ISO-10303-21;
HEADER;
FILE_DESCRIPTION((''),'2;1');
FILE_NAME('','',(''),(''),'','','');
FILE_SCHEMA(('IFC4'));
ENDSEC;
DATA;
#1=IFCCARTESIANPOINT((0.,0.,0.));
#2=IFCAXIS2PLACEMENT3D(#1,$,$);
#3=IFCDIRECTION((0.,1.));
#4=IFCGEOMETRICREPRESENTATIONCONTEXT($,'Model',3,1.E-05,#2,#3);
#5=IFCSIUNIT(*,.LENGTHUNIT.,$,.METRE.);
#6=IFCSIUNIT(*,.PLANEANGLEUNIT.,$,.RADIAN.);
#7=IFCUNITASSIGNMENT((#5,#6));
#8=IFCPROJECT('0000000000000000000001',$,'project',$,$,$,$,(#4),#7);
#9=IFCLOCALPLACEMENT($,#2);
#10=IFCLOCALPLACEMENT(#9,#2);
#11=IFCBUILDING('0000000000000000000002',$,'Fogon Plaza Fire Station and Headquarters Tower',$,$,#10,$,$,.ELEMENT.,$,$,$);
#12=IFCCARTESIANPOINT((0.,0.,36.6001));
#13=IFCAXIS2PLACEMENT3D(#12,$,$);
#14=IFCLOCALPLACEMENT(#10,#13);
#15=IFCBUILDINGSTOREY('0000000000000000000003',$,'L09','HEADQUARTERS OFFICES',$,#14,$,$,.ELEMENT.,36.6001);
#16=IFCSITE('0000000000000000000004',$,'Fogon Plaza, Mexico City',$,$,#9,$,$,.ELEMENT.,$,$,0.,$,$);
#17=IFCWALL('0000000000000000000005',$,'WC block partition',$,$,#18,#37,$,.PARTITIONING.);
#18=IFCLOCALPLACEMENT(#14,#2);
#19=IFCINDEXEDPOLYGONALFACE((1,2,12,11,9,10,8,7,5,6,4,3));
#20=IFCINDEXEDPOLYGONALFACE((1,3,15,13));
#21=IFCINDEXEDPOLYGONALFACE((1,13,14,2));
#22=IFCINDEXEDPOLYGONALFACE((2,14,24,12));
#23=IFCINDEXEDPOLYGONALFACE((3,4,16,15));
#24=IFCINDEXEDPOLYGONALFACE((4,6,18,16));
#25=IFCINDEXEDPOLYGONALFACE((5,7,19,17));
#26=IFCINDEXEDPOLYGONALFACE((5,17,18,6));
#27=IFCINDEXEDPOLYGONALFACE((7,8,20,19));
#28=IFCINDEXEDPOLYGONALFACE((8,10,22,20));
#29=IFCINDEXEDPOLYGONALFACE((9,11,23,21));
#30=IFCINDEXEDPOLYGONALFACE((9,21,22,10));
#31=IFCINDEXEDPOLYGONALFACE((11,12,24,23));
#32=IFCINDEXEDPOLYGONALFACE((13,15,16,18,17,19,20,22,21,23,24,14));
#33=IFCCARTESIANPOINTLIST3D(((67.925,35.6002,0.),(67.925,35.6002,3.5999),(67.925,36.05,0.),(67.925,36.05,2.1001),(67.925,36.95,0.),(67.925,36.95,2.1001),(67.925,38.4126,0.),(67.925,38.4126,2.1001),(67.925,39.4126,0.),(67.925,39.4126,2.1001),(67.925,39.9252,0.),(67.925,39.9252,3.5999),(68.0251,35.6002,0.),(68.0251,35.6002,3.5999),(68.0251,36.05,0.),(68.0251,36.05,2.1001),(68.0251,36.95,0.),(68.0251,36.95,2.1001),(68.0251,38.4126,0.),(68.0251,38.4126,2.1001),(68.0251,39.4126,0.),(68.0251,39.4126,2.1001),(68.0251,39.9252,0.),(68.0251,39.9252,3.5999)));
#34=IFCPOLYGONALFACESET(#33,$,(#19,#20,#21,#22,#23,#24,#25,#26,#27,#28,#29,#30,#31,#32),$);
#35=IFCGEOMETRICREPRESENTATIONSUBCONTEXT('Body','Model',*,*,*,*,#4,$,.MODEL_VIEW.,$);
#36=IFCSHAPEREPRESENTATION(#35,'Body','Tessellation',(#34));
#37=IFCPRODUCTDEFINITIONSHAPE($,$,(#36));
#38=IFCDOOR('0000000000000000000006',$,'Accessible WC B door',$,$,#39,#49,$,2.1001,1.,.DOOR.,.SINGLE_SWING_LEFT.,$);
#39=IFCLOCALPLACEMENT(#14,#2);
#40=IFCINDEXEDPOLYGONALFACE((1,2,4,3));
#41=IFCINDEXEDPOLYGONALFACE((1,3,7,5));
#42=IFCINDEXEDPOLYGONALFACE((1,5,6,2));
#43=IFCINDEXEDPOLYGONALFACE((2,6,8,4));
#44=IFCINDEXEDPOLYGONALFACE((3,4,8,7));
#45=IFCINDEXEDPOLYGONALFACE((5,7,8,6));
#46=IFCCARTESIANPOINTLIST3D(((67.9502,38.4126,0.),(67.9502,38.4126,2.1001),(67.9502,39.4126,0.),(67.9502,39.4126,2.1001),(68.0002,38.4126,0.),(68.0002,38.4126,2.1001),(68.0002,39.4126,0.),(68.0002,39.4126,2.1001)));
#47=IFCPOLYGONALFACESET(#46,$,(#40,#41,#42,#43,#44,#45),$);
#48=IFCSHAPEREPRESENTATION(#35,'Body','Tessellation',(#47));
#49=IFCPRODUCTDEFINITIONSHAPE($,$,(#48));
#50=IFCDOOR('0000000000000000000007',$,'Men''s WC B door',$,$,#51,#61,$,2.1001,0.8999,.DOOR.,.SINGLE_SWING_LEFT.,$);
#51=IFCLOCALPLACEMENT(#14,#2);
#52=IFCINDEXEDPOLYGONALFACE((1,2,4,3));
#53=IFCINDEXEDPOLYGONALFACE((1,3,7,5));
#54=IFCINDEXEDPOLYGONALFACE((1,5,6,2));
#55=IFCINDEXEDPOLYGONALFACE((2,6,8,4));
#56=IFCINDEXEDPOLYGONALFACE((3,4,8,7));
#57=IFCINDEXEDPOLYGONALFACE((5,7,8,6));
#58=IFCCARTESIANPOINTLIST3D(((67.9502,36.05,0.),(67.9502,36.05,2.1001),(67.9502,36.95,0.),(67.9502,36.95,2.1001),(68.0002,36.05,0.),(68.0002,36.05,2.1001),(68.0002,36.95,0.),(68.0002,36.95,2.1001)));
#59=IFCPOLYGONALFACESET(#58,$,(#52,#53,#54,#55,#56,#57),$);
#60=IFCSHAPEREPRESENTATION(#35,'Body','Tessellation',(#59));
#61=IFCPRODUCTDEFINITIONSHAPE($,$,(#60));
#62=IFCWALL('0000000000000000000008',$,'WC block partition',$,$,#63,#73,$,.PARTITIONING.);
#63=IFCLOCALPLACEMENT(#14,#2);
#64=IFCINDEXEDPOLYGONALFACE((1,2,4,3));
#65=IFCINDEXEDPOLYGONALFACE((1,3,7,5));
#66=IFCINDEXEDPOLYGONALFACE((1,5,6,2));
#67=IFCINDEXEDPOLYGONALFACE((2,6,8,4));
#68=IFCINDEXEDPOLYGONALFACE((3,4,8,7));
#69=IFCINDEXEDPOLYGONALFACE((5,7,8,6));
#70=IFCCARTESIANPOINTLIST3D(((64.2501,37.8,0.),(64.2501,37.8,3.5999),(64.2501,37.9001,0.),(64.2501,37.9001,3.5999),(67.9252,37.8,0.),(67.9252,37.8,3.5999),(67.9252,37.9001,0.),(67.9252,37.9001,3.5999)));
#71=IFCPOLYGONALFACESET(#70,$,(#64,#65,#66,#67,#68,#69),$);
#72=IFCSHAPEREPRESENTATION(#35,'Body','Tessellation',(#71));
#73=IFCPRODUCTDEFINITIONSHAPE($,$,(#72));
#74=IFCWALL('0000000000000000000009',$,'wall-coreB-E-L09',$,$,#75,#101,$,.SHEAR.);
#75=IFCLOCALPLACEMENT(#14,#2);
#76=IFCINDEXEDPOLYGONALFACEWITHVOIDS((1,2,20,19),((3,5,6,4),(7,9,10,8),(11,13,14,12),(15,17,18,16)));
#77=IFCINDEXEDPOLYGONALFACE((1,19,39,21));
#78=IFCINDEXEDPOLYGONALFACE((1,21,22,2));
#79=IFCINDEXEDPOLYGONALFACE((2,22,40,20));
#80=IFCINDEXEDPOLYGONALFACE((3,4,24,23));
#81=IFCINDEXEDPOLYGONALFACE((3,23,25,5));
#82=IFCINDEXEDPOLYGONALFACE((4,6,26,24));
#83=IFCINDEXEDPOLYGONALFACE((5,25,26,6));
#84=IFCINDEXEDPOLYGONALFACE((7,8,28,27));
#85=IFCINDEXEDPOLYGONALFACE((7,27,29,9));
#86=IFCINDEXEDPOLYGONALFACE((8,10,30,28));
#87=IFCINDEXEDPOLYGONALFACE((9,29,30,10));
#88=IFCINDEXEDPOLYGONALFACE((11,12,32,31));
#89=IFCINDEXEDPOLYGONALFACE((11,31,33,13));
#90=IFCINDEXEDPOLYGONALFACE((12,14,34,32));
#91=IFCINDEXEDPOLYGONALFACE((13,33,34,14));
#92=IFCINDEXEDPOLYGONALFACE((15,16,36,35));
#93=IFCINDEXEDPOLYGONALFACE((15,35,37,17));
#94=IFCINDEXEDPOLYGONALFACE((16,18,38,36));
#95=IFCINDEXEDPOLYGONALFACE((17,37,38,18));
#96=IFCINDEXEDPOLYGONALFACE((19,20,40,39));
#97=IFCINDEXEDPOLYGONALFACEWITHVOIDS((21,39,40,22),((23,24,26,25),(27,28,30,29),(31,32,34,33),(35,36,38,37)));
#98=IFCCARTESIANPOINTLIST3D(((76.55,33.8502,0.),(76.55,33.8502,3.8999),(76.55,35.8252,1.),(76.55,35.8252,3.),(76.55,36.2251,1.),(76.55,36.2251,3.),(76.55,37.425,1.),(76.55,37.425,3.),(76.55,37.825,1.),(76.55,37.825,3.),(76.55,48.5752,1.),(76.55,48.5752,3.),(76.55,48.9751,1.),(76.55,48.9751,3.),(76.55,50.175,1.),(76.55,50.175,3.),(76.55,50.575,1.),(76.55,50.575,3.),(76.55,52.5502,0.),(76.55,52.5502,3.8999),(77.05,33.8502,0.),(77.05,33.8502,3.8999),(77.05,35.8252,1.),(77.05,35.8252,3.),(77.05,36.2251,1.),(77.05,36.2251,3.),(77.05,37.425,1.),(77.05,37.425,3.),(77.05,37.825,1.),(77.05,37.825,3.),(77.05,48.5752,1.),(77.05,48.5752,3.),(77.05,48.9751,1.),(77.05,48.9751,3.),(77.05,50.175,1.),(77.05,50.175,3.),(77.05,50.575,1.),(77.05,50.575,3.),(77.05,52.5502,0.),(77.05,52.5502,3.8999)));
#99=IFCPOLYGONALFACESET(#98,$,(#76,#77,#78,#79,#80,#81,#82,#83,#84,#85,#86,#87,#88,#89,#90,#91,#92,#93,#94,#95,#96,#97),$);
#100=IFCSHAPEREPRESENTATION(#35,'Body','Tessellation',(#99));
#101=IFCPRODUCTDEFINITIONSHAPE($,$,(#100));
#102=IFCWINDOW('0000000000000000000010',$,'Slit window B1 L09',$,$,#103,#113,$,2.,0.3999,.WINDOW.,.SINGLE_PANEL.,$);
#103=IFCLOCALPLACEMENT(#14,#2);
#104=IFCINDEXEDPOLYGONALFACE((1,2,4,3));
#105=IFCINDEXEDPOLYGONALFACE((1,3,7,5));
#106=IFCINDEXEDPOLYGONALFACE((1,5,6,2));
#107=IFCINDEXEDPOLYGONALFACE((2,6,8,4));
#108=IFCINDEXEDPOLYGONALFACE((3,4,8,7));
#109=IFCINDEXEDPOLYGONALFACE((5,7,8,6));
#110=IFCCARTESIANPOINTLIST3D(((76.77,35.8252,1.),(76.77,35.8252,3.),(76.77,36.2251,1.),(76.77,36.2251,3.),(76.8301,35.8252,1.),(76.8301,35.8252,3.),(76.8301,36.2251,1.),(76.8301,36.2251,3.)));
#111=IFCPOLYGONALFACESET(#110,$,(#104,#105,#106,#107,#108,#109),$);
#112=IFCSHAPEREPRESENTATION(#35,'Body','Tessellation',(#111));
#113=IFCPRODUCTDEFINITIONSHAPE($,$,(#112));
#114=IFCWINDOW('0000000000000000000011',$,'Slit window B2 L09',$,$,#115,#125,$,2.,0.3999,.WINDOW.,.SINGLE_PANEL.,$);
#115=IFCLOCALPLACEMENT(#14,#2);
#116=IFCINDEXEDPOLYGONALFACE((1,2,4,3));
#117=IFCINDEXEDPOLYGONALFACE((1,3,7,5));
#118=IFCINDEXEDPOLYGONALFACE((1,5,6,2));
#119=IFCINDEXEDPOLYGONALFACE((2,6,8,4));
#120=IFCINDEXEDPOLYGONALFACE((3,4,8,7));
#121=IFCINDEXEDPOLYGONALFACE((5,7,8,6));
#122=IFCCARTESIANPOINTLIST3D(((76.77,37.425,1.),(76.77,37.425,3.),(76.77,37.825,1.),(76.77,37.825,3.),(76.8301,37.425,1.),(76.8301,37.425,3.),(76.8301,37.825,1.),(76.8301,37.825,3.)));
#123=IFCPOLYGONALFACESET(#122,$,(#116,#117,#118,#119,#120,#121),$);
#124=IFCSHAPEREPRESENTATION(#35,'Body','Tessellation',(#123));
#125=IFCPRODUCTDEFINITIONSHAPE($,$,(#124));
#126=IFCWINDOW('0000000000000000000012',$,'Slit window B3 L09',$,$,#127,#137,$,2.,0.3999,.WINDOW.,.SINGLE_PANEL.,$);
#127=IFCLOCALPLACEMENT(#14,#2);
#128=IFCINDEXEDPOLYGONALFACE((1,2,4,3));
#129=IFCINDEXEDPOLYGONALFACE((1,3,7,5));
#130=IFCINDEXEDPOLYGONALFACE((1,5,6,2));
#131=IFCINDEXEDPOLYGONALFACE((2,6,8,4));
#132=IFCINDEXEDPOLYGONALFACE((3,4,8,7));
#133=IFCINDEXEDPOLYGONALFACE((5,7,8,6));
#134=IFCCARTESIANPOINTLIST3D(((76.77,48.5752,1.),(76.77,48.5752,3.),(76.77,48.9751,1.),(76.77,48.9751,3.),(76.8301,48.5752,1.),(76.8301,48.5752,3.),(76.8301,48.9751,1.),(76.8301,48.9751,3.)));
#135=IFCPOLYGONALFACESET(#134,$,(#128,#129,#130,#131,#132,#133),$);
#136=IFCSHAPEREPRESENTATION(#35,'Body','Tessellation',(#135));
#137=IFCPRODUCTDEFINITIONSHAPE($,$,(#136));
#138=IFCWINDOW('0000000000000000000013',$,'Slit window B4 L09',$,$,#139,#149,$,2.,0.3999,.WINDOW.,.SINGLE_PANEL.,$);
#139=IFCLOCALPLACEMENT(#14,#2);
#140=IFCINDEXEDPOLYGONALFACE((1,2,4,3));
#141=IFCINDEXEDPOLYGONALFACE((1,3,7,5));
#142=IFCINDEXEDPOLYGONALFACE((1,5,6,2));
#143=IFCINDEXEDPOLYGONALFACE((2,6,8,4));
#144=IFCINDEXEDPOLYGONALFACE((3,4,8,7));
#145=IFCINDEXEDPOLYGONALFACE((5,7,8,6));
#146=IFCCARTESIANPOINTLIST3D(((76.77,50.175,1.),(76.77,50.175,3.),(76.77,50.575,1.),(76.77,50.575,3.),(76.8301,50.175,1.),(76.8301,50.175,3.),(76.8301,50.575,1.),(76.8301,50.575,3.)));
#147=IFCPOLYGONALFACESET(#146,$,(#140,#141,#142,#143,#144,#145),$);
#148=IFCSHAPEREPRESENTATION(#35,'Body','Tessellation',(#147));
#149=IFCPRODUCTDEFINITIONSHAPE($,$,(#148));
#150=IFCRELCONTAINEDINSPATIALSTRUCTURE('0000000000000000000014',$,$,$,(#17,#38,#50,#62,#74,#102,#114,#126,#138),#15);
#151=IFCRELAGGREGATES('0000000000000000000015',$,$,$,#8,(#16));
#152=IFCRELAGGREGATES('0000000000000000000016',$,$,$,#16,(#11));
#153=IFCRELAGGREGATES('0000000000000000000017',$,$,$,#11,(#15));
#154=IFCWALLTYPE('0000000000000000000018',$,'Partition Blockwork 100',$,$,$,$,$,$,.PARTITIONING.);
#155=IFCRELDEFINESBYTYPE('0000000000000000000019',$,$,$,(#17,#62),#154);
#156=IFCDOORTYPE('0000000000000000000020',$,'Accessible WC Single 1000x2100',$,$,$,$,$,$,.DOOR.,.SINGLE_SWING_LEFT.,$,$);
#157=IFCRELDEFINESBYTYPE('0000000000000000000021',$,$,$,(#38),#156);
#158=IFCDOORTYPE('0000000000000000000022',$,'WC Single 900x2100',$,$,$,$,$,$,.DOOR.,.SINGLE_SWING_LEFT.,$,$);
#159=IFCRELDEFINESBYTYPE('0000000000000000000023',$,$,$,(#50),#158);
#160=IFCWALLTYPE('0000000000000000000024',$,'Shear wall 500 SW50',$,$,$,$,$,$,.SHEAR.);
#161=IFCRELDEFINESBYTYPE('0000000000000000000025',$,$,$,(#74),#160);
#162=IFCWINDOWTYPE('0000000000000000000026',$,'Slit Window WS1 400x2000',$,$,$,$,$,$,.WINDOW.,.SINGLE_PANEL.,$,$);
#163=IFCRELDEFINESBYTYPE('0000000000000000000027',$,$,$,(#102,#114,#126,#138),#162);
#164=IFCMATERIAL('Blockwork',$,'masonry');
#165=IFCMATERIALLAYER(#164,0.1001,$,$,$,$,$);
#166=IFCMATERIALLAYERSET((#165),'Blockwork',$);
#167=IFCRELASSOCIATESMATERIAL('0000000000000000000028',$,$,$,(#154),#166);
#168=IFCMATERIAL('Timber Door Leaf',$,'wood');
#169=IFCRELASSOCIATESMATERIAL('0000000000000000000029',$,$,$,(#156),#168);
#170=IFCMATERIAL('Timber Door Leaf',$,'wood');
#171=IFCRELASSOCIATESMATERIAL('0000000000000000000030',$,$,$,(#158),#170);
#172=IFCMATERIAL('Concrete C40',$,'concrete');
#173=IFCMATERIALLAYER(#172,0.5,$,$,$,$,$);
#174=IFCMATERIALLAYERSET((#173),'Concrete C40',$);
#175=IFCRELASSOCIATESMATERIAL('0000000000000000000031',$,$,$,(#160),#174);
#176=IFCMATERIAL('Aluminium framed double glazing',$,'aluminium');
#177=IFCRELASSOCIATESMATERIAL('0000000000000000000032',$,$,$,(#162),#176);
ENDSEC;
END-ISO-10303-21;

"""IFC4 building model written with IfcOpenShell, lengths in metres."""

from ifc_helpers import new_model, si_unit, direction, frame, frame_2d, origin, place, context, subcontext, project, spatial, rectangle, extrude, material, layer, layer_set, type_object, element, fill, save


model = new_model("IFC4")

# Units and contexts
model_context = context("Model", 3, precision=1e-05, world=origin(), true_north=direction((0.0, 1.0)))
body_context = subcontext(model_context, "Body", "Model", "MODEL_VIEW")
ifc_project = project(units=[si_unit("LENGTHUNIT", "METRE"), si_unit("PLANEANGLEUNIT", "RADIAN")], contexts=[model_context])

# Site, building, storey
site_placement = place(None, origin())
site = spatial("IfcSite", under=ifc_project, at=site_placement, Name="Fogon Plaza, Mexico City", CompositionType="ELEMENT", RefElevation=0.0)
building_placement = place(site_placement, origin())
building = spatial("IfcBuilding", under=site, at=building_placement, Name="Fogon Plaza Fire Station and Headquarters Tower", CompositionType="ELEMENT")
storey_placement = place(building_placement, frame((0.0, 0.0, 36.6001)))
storey = spatial("IfcBuildingStorey", under=building, at=storey_placement, Name="L09", Description="HEADQUARTERS OFFICES", CompositionType="ELEMENT", Elevation=36.6001)

# Shared definitions
ifc_material_1 = material(Name="Blockwork", Category="masonry")
ifc_layer_1 = layer(ifc_material_1, 0.1001)
ifc_layer_set_1 = layer_set([ifc_layer_1], Name="Blockwork")
wall_type_1 = type_object("IfcWallType", Name="Partition Blockwork 100", PredefinedType="PARTITIONING", material=ifc_layer_set_1)

# Wall, openings, doors
wall_1_placement = place(storey_placement, frame((67.9751, 35.6001, 0.0), z_axis=(0.0, 0.0, 1.0), x_axis=(0.0, 1.0, 0.0)))
wall_1 = element("IfcWall", 1, at=wall_1_placement, inside=storey, type_object=wall_type_1, Name="WC block partition", PredefinedType="PARTITIONING", context=body_context, shape_type="SweptSolid", body=[
    extrude(rectangle(XDim=4.325, YDim=0.1001, at=frame_2d((2.1626, 0.0))), origin(), (0.0, 0.0, 1.0), 3.5999),
])
opening_1_placement = place(wall_1_placement, frame((0.45, 0.0, 0.0)))
opening_1 = element("IfcOpeningElement", 2, at=opening_1_placement, cuts=wall_1, PredefinedType="OPENING", context=body_context, shape_type="SweptSolid", body=[
    extrude(rectangle(XDim=0.8999, YDim=2.1001, at=frame_2d((0.45, 1.05))), frame((0.0, 0.0601, 0.0), z_axis=(0.0, -1.0, 0.0), x_axis=(1.0, 0.0, 0.0)), (0.0, 0.0, 1.0), 0.1201),
])
opening_2_placement = place(wall_1_placement, frame((2.8125, 0.0, 0.0)))
opening_2 = element("IfcOpeningElement", 3, at=opening_2_placement, cuts=wall_1, PredefinedType="OPENING", context=body_context, shape_type="SweptSolid", body=[
    extrude(rectangle(XDim=1.0, YDim=2.1001, at=frame_2d((0.5, 1.05))), frame((0.0, 0.0601, 0.0), z_axis=(0.0, -1.0, 0.0), x_axis=(1.0, 0.0, 0.0)), (0.0, 0.0, 1.0), 0.1201),
])
ifc_material_2 = material(Name="Timber Door Leaf", Category="wood")
door_type_1 = type_object("IfcDoorType", Name="Accessible WC Single 1000x2100", OperationType="SINGLE_SWING_LEFT", PredefinedType="DOOR", material=ifc_material_2)
door_1_placement = place(opening_2_placement, origin())
door_1 = element("IfcDoor", 4, at=door_1_placement, inside=storey, type_object=door_type_1, Name="Accessible WC B door", OperationType="SINGLE_SWING_LEFT", OverallHeight=2.1001, OverallWidth=1.0, PredefinedType="DOOR", context=body_context, shape_type="SweptSolid", body=[
    extrude(rectangle(XDim=1.0, YDim=2.1001, at=frame_2d((0.5, 1.05))), frame((0.0, 0.0249, 0.0), z_axis=(0.0, -1.0, 0.0), x_axis=(1.0, 0.0, 0.0)), (0.0, 0.0, 1.0), 0.05),
])
fill(opening_2, door_1)
ifc_material_3 = material(Name="Timber Door Leaf", Category="wood")
door_type_2 = type_object("IfcDoorType", Name="WC Single 900x2100", OperationType="SINGLE_SWING_LEFT", PredefinedType="DOOR", material=ifc_material_3)
door_2_placement = place(opening_1_placement, origin())
door_2 = element("IfcDoor", 5, at=door_2_placement, inside=storey, type_object=door_type_2, Name="Men's WC B door", OperationType="SINGLE_SWING_LEFT", OverallHeight=2.1001, OverallWidth=0.8999, PredefinedType="DOOR", context=body_context, shape_type="SweptSolid", body=[
    extrude(rectangle(XDim=0.8999, YDim=2.1001, at=frame_2d((0.45, 1.05))), frame((0.0, 0.0249, 0.0), z_axis=(0.0, -1.0, 0.0), x_axis=(1.0, 0.0, 0.0)), (0.0, 0.0, 1.0), 0.05),
])
fill(opening_1, door_2)

# Wall
wall_2_placement = place(storey_placement, frame((67.925, 37.8501, 0.0), z_axis=(0.0, 0.0, 1.0), x_axis=(-1.0, 0.0, 0.0)))
element("IfcWall", 6, at=wall_2_placement, inside=storey, type_object=wall_type_1, Name="WC block partition", PredefinedType="PARTITIONING", context=body_context, shape_type="SweptSolid", body=[
    extrude(rectangle(XDim=3.675, YDim=0.1001, at=frame_2d((1.8374, 0.0))), origin(), (0.0, 0.0, 1.0), 3.5999),
])

# Wall, openings, windows
ifc_material_4 = material(Name="Concrete C40", Category="concrete")
ifc_layer_2 = layer(ifc_material_4, 0.5)
ifc_layer_set_2 = layer_set([ifc_layer_2], Name="Concrete C40")
wall_type_2 = type_object("IfcWallType", Name="Shear wall 500 SW50", PredefinedType="SHEAR", material=ifc_layer_set_2)
wall_3_placement = place(storey_placement, frame((76.8, 33.8501, 0.0), z_axis=(0.0, 0.0, 1.0), x_axis=(0.0, 1.0, 0.0)))
wall_3 = element("IfcWall", 7, at=wall_3_placement, inside=storey, type_object=wall_type_2, Name="wall-coreB-E-L09", PredefinedType="SHEAR", context=body_context, shape_type="SweptSolid", body=[
    extrude(rectangle(XDim=18.7, YDim=0.5, at=frame_2d((9.3501, 0.0))), origin(), (0.0, 0.0, 1.0), 3.8999),
])
opening_3_placement = place(wall_3_placement, frame((1.9751, 0.0, 1.0)))
opening_3 = element("IfcOpeningElement", 8, at=opening_3_placement, cuts=wall_3, PredefinedType="OPENING", context=body_context, shape_type="SweptSolid", body=[
    extrude(rectangle(XDim=0.3999, YDim=2.0, at=frame_2d((0.2, 1.0))), frame((0.0, 0.26, 0.0), z_axis=(0.0, -1.0, 0.0), x_axis=(1.0, 0.0, 0.0)), (0.0, 0.0, 1.0), 0.52),
])
opening_4_placement = place(wall_3_placement, frame((3.575, 0.0, 1.0)))
opening_4 = element("IfcOpeningElement", 9, at=opening_4_placement, cuts=wall_3, PredefinedType="OPENING", context=body_context, shape_type="SweptSolid", body=[
    extrude(rectangle(XDim=0.3999, YDim=2.0, at=frame_2d((0.2, 1.0))), frame((0.0, 0.26, 0.0), z_axis=(0.0, -1.0, 0.0), x_axis=(1.0, 0.0, 0.0)), (0.0, 0.0, 1.0), 0.52),
])
opening_5_placement = place(wall_3_placement, frame((14.7251, 0.0, 1.0)))
opening_5 = element("IfcOpeningElement", 10, at=opening_5_placement, cuts=wall_3, PredefinedType="OPENING", context=body_context, shape_type="SweptSolid", body=[
    extrude(rectangle(XDim=0.3999, YDim=2.0, at=frame_2d((0.2, 1.0))), frame((0.0, 0.26, 0.0), z_axis=(0.0, -1.0, 0.0), x_axis=(1.0, 0.0, 0.0)), (0.0, 0.0, 1.0), 0.52),
])
opening_6_placement = place(wall_3_placement, frame((16.325, 0.0, 1.0)))
opening_6 = element("IfcOpeningElement", 11, at=opening_6_placement, cuts=wall_3, PredefinedType="OPENING", context=body_context, shape_type="SweptSolid", body=[
    extrude(rectangle(XDim=0.3999, YDim=2.0, at=frame_2d((0.2, 1.0))), frame((0.0, 0.26, 0.0), z_axis=(0.0, -1.0, 0.0), x_axis=(1.0, 0.0, 0.0)), (0.0, 0.0, 1.0), 0.52),
])
ifc_material_5 = material(Name="Aluminium framed double glazing", Category="aluminium")
window_type = type_object("IfcWindowType", Name="Slit Window WS1 400x2000", PartitioningType="SINGLE_PANEL", PredefinedType="WINDOW", material=ifc_material_5)
window_1_placement = place(opening_3_placement, origin())
window_1 = element("IfcWindow", 12, at=window_1_placement, inside=storey, type_object=window_type, Name="Slit window B1 L09", OverallHeight=2.0, OverallWidth=0.3999, PartitioningType="SINGLE_PANEL", PredefinedType="WINDOW", context=body_context, shape_type="SweptSolid", body=[
    extrude(rectangle(XDim=0.3999, YDim=2.0, at=frame_2d((0.2, 1.0))), frame((0.0, 0.03, 0.0), z_axis=(0.0, -1.0, 0.0), x_axis=(1.0, 0.0, 0.0)), (0.0, 0.0, 1.0), 0.0601),
])
fill(opening_3, window_1)
window_2_placement = place(opening_4_placement, origin())
window_2 = element("IfcWindow", 13, at=window_2_placement, inside=storey, type_object=window_type, Name="Slit window B2 L09", OverallHeight=2.0, OverallWidth=0.3999, PartitioningType="SINGLE_PANEL", PredefinedType="WINDOW", context=body_context, shape_type="SweptSolid", body=[
    extrude(rectangle(XDim=0.3999, YDim=2.0, at=frame_2d((0.2, 1.0))), frame((0.0, 0.03, 0.0), z_axis=(0.0, -1.0, 0.0), x_axis=(1.0, 0.0, 0.0)), (0.0, 0.0, 1.0), 0.0601),
])
fill(opening_4, window_2)
window_3_placement = place(opening_5_placement, origin())
window_3 = element("IfcWindow", 14, at=window_3_placement, inside=storey, type_object=window_type, Name="Slit window B3 L09", OverallHeight=2.0, OverallWidth=0.3999, PartitioningType="SINGLE_PANEL", PredefinedType="WINDOW", context=body_context, shape_type="SweptSolid", body=[
    extrude(rectangle(XDim=0.3999, YDim=2.0, at=frame_2d((0.2, 1.0))), frame((0.0, 0.03, 0.0), z_axis=(0.0, -1.0, 0.0), x_axis=(1.0, 0.0, 0.0)), (0.0, 0.0, 1.0), 0.0601),
])
fill(opening_5, window_3)
window_4_placement = place(opening_6_placement, origin())
window_4 = element("IfcWindow", 15, at=window_4_placement, inside=storey, type_object=window_type, Name="Slit window B4 L09", OverallHeight=2.0, OverallWidth=0.3999, PartitioningType="SINGLE_PANEL", PredefinedType="WINDOW", context=body_context, shape_type="SweptSolid", body=[
    extrude(rectangle(XDim=0.3999, YDim=2.0, at=frame_2d((0.2, 1.0))), frame((0.0, 0.03, 0.0), z_axis=(0.0, -1.0, 0.0), x_axis=(1.0, 0.0, 0.0)), (0.0, 0.0, 1.0), 0.0601),
])
fill(opening_6, window_4)

save(model, "model.ifc")
